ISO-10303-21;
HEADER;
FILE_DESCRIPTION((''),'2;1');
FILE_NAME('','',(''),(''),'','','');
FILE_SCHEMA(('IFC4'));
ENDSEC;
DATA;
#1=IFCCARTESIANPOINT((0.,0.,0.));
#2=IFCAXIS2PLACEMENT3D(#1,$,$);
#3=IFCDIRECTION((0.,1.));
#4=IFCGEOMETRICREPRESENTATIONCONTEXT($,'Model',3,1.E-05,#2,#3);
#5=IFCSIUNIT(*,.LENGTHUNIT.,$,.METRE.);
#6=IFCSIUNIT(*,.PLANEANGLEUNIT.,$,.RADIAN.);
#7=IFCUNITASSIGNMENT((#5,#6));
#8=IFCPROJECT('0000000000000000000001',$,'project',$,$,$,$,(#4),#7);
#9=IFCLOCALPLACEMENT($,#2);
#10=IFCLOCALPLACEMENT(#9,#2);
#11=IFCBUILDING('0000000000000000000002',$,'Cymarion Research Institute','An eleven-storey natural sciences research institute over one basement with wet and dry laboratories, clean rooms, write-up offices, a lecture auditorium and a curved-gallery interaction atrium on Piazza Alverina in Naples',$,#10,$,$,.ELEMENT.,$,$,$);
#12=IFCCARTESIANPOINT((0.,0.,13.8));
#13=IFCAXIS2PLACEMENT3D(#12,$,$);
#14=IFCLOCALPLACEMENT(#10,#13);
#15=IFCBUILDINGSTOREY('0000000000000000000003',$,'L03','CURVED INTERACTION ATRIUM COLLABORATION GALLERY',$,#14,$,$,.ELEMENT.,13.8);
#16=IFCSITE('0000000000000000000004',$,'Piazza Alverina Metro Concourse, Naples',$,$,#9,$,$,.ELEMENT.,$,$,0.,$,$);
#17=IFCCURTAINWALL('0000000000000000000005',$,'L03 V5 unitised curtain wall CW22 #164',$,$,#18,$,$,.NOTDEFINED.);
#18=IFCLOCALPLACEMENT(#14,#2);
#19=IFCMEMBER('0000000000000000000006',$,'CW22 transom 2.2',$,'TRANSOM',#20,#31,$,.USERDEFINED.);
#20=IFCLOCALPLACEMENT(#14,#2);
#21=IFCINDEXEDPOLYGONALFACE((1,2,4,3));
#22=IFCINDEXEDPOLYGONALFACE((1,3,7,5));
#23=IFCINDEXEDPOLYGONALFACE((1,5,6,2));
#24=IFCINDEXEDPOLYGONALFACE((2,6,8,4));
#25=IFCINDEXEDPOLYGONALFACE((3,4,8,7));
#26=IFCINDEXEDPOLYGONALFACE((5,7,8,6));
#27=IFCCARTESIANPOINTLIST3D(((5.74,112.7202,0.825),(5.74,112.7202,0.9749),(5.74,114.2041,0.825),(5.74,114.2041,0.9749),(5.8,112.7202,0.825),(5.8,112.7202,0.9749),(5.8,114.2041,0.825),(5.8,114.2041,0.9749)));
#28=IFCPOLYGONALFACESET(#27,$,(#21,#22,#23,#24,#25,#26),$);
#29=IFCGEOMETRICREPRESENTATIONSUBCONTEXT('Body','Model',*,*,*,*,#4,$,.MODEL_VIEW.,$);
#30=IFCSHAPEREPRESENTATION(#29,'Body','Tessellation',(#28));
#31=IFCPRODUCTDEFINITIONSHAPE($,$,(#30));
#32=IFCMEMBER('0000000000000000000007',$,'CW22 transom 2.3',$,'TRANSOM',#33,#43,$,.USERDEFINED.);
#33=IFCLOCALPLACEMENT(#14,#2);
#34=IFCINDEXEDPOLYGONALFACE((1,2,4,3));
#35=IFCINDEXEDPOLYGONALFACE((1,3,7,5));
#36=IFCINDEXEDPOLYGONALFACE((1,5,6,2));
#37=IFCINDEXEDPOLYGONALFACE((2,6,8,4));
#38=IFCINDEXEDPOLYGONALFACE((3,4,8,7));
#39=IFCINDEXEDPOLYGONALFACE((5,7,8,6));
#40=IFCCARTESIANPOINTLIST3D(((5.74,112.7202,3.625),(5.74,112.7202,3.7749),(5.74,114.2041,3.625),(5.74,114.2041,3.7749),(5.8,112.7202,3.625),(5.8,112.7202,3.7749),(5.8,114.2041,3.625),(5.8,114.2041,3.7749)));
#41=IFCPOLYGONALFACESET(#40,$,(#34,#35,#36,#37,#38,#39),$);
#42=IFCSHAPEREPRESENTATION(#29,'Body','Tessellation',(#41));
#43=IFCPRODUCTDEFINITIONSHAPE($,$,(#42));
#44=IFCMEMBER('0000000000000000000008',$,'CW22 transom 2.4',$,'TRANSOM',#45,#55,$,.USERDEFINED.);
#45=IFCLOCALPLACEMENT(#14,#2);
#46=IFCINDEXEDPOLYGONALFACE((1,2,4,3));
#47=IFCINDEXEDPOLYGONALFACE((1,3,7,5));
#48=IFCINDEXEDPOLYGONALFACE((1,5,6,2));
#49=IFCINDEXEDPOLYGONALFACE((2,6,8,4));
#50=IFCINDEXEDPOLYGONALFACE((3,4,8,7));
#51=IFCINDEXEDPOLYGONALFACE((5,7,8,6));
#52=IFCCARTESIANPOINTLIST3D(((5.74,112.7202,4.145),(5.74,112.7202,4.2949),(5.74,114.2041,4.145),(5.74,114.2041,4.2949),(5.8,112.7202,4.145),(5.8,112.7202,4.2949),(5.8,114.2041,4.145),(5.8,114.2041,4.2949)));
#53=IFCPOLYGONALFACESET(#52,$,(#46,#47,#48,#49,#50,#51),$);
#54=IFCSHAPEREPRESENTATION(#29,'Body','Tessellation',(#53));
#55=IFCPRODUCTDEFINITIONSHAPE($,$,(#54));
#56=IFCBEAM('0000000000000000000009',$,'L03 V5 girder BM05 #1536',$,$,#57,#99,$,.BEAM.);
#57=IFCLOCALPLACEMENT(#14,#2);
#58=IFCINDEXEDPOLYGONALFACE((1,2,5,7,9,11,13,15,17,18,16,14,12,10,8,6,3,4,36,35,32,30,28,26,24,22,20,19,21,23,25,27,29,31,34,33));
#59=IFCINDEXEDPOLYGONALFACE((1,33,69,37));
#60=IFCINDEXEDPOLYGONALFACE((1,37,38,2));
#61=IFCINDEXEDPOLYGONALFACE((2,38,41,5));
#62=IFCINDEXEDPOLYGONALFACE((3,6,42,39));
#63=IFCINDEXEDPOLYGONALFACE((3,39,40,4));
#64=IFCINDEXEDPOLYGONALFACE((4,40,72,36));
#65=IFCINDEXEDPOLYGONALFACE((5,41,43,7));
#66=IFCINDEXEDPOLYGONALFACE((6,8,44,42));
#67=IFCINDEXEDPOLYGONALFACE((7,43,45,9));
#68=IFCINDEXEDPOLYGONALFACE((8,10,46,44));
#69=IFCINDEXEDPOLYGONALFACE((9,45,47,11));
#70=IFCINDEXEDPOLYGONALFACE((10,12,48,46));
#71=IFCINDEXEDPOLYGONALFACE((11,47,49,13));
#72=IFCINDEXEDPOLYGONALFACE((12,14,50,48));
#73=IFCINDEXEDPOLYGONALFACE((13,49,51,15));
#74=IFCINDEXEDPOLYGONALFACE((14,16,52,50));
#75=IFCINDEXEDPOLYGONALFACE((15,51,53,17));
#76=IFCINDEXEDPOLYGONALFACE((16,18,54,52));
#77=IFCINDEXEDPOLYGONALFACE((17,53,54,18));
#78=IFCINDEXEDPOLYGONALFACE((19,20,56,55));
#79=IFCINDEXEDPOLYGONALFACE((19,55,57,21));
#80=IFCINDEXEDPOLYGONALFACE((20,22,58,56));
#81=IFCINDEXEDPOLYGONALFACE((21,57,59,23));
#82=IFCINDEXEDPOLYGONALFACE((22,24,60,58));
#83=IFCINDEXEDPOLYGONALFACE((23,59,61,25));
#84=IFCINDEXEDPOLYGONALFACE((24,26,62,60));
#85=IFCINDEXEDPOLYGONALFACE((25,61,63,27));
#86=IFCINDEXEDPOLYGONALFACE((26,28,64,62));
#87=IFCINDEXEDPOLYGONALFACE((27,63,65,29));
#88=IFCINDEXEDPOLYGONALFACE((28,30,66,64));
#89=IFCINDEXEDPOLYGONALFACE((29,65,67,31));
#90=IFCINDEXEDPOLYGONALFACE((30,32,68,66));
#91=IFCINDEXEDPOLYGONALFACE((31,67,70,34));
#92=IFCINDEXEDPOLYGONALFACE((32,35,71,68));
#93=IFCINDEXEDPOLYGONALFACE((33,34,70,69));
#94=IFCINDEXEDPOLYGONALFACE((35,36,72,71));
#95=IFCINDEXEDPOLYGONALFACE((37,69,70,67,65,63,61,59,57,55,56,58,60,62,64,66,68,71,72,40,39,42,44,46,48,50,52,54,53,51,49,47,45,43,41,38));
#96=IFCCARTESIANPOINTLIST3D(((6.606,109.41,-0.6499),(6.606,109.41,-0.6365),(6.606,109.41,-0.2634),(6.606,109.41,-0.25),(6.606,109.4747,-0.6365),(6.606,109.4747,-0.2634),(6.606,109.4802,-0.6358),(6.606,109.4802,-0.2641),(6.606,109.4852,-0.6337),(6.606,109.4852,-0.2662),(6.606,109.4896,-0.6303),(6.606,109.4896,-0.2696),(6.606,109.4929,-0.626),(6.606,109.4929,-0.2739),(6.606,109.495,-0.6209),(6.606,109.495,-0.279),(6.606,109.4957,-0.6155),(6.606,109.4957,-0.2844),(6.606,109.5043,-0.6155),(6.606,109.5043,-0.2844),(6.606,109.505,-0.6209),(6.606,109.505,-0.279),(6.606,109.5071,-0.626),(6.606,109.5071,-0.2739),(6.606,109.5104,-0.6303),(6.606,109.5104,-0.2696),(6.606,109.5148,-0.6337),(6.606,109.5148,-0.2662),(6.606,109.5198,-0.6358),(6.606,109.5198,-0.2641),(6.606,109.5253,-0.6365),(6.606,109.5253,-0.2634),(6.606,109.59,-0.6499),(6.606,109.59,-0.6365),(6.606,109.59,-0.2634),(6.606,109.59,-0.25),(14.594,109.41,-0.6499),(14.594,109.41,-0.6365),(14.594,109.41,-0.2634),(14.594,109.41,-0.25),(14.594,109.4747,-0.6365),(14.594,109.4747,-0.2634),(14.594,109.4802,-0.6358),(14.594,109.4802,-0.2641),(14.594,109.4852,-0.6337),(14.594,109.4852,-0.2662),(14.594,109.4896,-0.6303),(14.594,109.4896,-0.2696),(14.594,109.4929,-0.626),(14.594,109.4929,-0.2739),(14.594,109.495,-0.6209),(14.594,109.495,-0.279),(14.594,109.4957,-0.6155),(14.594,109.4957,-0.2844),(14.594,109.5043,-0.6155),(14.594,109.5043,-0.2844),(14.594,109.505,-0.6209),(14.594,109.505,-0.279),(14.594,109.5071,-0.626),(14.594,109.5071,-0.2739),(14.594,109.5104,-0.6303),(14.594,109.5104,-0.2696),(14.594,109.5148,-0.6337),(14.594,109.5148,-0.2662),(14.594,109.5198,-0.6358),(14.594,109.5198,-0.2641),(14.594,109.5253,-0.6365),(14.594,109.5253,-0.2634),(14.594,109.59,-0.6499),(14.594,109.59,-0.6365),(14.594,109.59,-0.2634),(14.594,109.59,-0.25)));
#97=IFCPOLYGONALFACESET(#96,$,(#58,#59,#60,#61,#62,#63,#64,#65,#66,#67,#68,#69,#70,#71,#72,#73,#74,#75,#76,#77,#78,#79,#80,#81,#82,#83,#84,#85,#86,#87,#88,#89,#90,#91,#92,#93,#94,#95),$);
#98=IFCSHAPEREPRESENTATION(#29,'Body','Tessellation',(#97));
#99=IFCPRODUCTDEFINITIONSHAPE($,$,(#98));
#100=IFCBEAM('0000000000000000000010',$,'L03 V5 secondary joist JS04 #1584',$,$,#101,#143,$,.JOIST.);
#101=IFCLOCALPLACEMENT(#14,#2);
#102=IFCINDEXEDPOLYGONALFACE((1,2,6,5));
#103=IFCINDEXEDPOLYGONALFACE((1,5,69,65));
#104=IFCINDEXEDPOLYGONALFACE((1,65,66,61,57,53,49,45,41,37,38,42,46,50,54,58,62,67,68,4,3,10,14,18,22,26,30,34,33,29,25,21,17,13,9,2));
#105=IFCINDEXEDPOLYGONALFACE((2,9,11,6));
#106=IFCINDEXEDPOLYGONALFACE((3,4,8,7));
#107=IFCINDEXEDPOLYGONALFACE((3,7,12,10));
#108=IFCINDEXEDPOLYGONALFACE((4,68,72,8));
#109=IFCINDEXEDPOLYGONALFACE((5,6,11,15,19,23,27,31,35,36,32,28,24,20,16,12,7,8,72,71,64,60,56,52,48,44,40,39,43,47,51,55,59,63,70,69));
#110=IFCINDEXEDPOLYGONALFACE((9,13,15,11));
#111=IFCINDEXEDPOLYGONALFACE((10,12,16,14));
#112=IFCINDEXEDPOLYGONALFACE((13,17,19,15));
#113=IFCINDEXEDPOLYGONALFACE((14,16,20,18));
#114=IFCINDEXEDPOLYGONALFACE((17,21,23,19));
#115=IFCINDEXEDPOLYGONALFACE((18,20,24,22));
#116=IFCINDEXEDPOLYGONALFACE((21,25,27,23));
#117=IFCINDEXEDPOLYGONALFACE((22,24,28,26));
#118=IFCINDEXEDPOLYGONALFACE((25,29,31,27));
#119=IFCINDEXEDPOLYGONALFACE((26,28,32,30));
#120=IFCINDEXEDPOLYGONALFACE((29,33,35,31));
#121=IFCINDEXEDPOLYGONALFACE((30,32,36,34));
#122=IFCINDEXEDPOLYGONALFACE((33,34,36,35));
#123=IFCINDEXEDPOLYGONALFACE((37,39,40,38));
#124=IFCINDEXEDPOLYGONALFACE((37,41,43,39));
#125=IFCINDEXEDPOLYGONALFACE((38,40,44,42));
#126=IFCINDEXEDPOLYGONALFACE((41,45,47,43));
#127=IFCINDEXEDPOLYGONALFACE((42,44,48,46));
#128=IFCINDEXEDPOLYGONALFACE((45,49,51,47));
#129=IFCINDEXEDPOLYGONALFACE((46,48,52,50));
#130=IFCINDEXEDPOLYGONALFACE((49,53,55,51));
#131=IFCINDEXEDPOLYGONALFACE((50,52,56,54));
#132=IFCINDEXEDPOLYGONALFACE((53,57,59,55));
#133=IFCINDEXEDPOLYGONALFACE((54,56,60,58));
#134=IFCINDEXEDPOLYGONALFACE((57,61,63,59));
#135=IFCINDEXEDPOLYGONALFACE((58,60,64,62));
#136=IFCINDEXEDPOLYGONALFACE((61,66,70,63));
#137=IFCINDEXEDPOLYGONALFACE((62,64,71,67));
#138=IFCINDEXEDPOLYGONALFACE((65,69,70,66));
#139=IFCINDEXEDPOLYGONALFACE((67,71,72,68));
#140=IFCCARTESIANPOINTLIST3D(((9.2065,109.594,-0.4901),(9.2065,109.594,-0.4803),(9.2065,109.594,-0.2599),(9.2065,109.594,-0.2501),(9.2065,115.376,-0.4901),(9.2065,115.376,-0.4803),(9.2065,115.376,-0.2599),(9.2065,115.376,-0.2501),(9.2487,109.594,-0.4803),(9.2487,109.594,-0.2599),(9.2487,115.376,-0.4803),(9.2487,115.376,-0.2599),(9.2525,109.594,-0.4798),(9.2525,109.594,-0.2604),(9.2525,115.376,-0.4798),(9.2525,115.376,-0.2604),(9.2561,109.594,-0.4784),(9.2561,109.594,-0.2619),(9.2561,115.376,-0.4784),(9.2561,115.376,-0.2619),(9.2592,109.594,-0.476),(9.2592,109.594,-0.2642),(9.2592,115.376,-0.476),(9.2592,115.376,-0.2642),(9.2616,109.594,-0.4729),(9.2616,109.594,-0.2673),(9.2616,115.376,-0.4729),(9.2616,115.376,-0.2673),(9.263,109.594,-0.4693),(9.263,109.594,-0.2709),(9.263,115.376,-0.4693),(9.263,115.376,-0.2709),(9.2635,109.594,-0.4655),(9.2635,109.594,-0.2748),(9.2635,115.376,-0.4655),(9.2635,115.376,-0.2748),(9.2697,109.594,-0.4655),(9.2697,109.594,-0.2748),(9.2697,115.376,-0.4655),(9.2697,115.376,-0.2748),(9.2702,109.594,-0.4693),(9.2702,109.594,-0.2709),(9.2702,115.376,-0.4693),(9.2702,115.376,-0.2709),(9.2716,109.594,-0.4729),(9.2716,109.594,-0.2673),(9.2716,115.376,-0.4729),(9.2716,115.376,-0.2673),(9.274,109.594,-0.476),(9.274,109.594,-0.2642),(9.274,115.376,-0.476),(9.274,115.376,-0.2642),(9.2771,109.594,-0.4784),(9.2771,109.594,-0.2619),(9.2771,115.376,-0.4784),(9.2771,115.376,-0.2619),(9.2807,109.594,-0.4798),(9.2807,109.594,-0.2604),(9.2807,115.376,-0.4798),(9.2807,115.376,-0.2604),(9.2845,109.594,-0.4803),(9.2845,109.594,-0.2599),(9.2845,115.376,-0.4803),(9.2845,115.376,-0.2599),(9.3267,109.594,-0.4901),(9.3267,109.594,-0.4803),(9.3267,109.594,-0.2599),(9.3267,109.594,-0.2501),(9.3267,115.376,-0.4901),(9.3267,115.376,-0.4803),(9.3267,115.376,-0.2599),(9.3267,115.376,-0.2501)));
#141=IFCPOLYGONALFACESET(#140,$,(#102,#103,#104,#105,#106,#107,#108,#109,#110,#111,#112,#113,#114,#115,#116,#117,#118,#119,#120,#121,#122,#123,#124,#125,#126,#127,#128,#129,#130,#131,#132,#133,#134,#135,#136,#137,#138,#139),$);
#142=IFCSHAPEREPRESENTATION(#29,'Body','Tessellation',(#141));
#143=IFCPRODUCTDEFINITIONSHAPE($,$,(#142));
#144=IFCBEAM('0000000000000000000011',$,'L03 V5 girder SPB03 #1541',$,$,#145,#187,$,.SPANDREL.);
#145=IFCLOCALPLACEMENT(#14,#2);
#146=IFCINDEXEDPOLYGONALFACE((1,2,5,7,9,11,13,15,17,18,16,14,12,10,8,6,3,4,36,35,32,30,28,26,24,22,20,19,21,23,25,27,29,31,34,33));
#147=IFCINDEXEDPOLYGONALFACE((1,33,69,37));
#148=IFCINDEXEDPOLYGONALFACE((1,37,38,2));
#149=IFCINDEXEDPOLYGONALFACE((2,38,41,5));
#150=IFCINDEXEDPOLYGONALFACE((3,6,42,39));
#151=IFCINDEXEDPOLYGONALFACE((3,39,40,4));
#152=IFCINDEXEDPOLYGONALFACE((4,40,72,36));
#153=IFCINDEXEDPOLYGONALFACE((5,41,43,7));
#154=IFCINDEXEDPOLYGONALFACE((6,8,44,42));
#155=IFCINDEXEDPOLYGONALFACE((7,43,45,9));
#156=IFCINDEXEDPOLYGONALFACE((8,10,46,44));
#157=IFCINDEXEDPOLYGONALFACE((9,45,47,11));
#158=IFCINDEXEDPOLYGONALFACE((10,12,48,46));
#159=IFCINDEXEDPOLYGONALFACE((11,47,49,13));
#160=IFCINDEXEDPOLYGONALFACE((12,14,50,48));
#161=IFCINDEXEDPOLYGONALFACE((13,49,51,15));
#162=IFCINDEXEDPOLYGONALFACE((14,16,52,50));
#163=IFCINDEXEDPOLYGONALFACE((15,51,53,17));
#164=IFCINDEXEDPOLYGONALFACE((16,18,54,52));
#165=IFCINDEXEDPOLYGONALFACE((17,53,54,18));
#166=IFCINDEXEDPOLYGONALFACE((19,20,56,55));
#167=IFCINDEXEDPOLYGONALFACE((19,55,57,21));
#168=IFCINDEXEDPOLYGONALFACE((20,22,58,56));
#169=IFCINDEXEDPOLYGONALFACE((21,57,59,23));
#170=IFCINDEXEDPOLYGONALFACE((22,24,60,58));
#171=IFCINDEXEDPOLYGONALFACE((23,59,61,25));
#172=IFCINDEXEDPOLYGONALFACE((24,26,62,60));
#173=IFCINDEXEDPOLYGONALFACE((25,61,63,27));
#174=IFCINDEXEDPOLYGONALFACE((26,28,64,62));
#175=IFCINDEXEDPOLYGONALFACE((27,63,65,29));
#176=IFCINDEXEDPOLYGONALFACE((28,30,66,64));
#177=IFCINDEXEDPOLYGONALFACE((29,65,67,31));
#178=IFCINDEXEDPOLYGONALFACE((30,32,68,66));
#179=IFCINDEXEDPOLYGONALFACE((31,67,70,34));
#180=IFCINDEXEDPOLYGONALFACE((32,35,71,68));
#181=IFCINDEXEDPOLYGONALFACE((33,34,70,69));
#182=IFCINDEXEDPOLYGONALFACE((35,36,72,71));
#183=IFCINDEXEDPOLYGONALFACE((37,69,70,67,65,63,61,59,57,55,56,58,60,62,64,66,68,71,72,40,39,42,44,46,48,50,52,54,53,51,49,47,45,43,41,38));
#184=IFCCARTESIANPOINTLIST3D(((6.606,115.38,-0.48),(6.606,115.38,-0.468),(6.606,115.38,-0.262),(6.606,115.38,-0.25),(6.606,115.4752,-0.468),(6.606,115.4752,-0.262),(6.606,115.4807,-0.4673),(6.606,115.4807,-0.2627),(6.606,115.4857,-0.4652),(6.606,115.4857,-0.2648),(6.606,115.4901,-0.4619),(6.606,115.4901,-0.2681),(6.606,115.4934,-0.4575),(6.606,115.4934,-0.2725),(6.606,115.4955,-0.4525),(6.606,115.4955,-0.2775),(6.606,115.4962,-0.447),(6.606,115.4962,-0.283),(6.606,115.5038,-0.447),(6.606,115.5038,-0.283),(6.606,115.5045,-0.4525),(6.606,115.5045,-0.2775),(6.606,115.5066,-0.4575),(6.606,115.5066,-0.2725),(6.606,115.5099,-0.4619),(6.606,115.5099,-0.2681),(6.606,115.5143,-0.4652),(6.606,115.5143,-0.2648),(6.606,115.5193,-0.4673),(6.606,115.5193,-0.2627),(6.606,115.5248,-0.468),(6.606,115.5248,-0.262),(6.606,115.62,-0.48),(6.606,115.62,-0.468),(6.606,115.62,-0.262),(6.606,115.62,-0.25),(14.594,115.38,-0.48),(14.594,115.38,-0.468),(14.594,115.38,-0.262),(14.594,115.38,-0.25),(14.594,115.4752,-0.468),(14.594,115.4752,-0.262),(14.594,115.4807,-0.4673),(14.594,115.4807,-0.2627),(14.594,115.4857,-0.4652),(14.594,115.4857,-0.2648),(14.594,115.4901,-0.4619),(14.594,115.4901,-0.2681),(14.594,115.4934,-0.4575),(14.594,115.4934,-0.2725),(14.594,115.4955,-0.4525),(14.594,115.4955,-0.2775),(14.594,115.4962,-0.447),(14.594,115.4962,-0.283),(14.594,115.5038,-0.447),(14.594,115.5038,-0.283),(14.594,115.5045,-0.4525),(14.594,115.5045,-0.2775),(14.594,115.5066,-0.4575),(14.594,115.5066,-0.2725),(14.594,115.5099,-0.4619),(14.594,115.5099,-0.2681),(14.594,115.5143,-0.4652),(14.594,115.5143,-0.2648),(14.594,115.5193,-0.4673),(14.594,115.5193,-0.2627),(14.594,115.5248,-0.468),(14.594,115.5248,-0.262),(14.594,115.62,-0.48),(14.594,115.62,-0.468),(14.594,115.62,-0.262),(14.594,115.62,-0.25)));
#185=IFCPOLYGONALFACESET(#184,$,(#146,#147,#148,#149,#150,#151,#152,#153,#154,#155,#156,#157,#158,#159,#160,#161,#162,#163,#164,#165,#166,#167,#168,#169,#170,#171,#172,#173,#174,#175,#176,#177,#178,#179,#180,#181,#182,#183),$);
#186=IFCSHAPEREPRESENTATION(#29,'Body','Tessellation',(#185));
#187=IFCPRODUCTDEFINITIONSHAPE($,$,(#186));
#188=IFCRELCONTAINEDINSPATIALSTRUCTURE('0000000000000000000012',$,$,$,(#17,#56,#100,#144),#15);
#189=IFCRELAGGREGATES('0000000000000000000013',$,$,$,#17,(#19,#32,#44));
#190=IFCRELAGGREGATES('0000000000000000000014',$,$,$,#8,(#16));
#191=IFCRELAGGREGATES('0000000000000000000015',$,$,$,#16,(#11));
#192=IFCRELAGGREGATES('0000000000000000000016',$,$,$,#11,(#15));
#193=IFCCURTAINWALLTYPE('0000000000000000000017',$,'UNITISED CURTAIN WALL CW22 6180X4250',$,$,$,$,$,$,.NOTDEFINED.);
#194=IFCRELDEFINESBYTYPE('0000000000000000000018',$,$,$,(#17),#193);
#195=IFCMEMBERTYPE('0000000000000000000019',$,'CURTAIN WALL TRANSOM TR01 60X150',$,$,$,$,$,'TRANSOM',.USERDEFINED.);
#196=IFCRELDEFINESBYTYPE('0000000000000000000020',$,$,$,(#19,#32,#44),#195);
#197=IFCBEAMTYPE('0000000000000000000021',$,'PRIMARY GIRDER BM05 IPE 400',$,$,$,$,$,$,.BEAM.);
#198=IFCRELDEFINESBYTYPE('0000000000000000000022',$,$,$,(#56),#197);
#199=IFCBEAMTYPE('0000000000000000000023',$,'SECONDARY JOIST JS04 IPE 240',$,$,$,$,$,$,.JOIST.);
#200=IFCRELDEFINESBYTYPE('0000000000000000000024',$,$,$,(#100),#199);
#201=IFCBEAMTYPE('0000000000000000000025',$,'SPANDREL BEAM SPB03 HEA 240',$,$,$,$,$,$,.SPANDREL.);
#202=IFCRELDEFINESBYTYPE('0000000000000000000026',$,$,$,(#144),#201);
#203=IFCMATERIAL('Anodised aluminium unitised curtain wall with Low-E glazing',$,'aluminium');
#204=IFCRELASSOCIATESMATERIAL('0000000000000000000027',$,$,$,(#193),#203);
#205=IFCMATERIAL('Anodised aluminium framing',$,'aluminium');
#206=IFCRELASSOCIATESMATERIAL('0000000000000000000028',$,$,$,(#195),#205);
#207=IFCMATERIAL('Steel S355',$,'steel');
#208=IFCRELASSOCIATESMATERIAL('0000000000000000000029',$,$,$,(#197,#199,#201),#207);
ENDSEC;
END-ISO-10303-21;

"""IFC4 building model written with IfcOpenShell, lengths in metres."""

from ifc_helpers import new_model, si_unit, direction, frame, origin, origin_2d, place, context, subcontext, project, spatial, rectangle, i_section, extrude, material, material_profile, profile_set, type_object, element, aggregate, save


model = new_model("IFC4")

# Units and contexts
model_context = context("Model", 3, precision=1e-05, world=origin(), true_north=direction((0.0, 1.0)))
body_context = subcontext(model_context, "Body", "Model", "MODEL_VIEW")
ifc_project = project(units=[si_unit("LENGTHUNIT", "METRE"), si_unit("PLANEANGLEUNIT", "RADIAN")], contexts=[model_context])

# Site, building, storey
site_placement = place(None, origin())
site = spatial("IfcSite", under=ifc_project, at=site_placement, Name="Piazza Alverina Metro Concourse, Naples", CompositionType="ELEMENT", RefElevation=0.0)
building_placement = place(site_placement, origin())
building = spatial("IfcBuilding", under=site, at=building_placement, Name="Cymarion Research Institute", Description="An eleven-storey natural sciences research institute over one basement with wet and dry laboratories, clean rooms, write-up offices, a lecture auditorium and a curved-gallery interaction atrium on Piazza Alverina in Naples", CompositionType="ELEMENT")
storey_placement = place(building_placement, frame((0.0, 0.0, 13.8)))
storey = spatial("IfcBuildingStorey", under=building, at=storey_placement, Name="L03", Description="CURVED INTERACTION ATRIUM COLLABORATION GALLERY", CompositionType="ELEMENT", Elevation=13.8)

# Shared definitions
ifc_material_1 = material(Name="Steel S355", Category="steel")

# Curtain wall, members
ifc_material_2 = material(Name="Anodised aluminium unitised curtain wall with Low-E glazing", Category="aluminium")
curtain_wall_type = type_object("IfcCurtainWallType", Name="UNITISED CURTAIN WALL CW22 6180X4250", PredefinedType="NOTDEFINED", material=ifc_material_2)
curtain_wall_placement = place(storey_placement, origin())
curtain_wall = element("IfcCurtainWall", 1, at=curtain_wall_placement, inside=storey, type_object=curtain_wall_type, Name="L03 V5 unitised curtain wall CW22 #164", PredefinedType="NOTDEFINED")
ifc_material_3 = material(Name="Anodised aluminium framing", Category="aluminium")
ifc_material_profile_1 = material_profile(ifc_material_3, rectangle(XDim=0.0601, YDim=0.1499, at=origin_2d()), Name="ALU TRANSOM 60x150")
ifc_profile_set_1 = profile_set([ifc_material_profile_1], Name="Anodised aluminium framing")
member_type_1 = type_object("IfcMemberType", Name="CURTAIN WALL TRANSOM TR01 60X150", ElementType="TRANSOM", PredefinedType="USERDEFINED", material=ifc_profile_set_1)
member_1_placement = place(storey_placement, frame((5.77, 114.2041, 0.8999), z_axis=(0.0, -1.0, 0.0), x_axis=(1.0, 0.0, 0.0)))
member_1 = element("IfcMember", 2, at=member_1_placement, type_object=member_type_1, Name="CW22 transom 2.2", ObjectType="TRANSOM", PredefinedType="USERDEFINED", context=body_context, shape_type="SweptSolid", body=[
    extrude(rectangle(XDim=0.0601, YDim=0.1499, at=origin_2d()), origin(), (0.0, 0.0, 1.0), 1.4839),
])
member_2_placement = place(storey_placement, frame((5.77, 114.2041, 3.7), z_axis=(0.0, -1.0, 0.0), x_axis=(1.0, 0.0, 0.0)))
member_2 = element("IfcMember", 3, at=member_2_placement, type_object=member_type_1, Name="CW22 transom 2.3", ObjectType="TRANSOM", PredefinedType="USERDEFINED", context=body_context, shape_type="SweptSolid", body=[
    extrude(rectangle(XDim=0.0601, YDim=0.1499, at=origin_2d()), origin(), (0.0, 0.0, 1.0), 1.4839),
])
member_3_placement = place(storey_placement, frame((5.77, 114.2041, 4.22), z_axis=(0.0, -1.0, 0.0), x_axis=(1.0, 0.0, 0.0)))
member_3 = element("IfcMember", 4, at=member_3_placement, type_object=member_type_1, Name="CW22 transom 2.4", ObjectType="TRANSOM", PredefinedType="USERDEFINED", context=body_context, shape_type="SweptSolid", body=[
    extrude(rectangle(XDim=0.0601, YDim=0.1499, at=origin_2d()), origin(), (0.0, 0.0, 1.0), 1.4839),
])

# Beams
ifc_material_profile_2 = material_profile(ifc_material_1, i_section(OverallWidth=0.1799, OverallDepth=0.3999, WebThickness=0.0085, FlangeThickness=0.0134, FilletRadius=0.021, at=origin_2d()), Name="IPE 400")
ifc_profile_set_2 = profile_set([ifc_material_profile_2], Name="Steel S355")
beam_type_1 = type_object("IfcBeamType", Name="PRIMARY GIRDER BM05 IPE 400", PredefinedType="BEAM", material=ifc_profile_set_2)
beam_1_placement = place(storey_placement, frame((6.606, 109.5, -0.45), z_axis=(1.0, 0.0, 0.0), x_axis=(0.0, 1.0, 0.0)))
element("IfcBeam", 5, at=beam_1_placement, inside=storey, type_object=beam_type_1, Name="L03 V5 girder BM05 #1536", PredefinedType="BEAM", context=body_context, shape_type="SweptSolid", body=[
    extrude(i_section(OverallWidth=0.1799, OverallDepth=0.3999, WebThickness=0.0085, FlangeThickness=0.0134, FilletRadius=0.021, at=origin_2d()), origin(), (0.0, 0.0, 1.0), 7.988),
])
ifc_material_profile_3 = material_profile(ifc_material_1, i_section(OverallWidth=0.1201, OverallDepth=0.24, WebThickness=0.0061, FlangeThickness=0.0098, FilletRadius=0.0149, at=origin_2d()), Name="IPE 240")
ifc_profile_set_3 = profile_set([ifc_material_profile_3], Name="Steel S355")
beam_type_2 = type_object("IfcBeamType", Name="SECONDARY JOIST JS04 IPE 240", PredefinedType="JOIST", material=ifc_profile_set_3)
beam_2_placement = place(storey_placement, frame((9.2666, 109.594, -0.3701), z_axis=(0.0, 1.0, 0.0), x_axis=(-1.0, 0.0, 0.0)))
element("IfcBeam", 6, at=beam_2_placement, inside=storey, type_object=beam_type_2, Name="L03 V5 secondary joist JS04 #1584", PredefinedType="JOIST", context=body_context, shape_type="SweptSolid", body=[
    extrude(i_section(OverallWidth=0.1201, OverallDepth=0.24, WebThickness=0.0061, FlangeThickness=0.0098, FilletRadius=0.0149, at=origin_2d()), origin(), (0.0, 0.0, 1.0), 5.782),
])
ifc_material_profile_4 = material_profile(ifc_material_1, i_section(OverallWidth=0.24, OverallDepth=0.23, WebThickness=0.0076, FlangeThickness=0.012, FilletRadius=0.021, at=origin_2d()), Name="HEA 240")
ifc_profile_set_4 = profile_set([ifc_material_profile_4], Name="Steel S355")
beam_type_3 = type_object("IfcBeamType", Name="SPANDREL BEAM SPB03 HEA 240", PredefinedType="SPANDREL", material=ifc_profile_set_4)
beam_3_placement = place(storey_placement, frame((6.606, 115.5, -0.365), z_axis=(1.0, 0.0, 0.0), x_axis=(0.0, 1.0, 0.0)))
element("IfcBeam", 7, at=beam_3_placement, inside=storey, type_object=beam_type_3, Name="L03 V5 girder SPB03 #1541", PredefinedType="SPANDREL", context=body_context, shape_type="SweptSolid", body=[
    extrude(i_section(OverallWidth=0.24, OverallDepth=0.23, WebThickness=0.0076, FlangeThickness=0.012, FilletRadius=0.021, at=origin_2d()), origin(), (0.0, 0.0, 1.0), 7.988),
])

aggregate(curtain_wall, [member_1, member_2, member_3])

save(model, "model.ifc")
